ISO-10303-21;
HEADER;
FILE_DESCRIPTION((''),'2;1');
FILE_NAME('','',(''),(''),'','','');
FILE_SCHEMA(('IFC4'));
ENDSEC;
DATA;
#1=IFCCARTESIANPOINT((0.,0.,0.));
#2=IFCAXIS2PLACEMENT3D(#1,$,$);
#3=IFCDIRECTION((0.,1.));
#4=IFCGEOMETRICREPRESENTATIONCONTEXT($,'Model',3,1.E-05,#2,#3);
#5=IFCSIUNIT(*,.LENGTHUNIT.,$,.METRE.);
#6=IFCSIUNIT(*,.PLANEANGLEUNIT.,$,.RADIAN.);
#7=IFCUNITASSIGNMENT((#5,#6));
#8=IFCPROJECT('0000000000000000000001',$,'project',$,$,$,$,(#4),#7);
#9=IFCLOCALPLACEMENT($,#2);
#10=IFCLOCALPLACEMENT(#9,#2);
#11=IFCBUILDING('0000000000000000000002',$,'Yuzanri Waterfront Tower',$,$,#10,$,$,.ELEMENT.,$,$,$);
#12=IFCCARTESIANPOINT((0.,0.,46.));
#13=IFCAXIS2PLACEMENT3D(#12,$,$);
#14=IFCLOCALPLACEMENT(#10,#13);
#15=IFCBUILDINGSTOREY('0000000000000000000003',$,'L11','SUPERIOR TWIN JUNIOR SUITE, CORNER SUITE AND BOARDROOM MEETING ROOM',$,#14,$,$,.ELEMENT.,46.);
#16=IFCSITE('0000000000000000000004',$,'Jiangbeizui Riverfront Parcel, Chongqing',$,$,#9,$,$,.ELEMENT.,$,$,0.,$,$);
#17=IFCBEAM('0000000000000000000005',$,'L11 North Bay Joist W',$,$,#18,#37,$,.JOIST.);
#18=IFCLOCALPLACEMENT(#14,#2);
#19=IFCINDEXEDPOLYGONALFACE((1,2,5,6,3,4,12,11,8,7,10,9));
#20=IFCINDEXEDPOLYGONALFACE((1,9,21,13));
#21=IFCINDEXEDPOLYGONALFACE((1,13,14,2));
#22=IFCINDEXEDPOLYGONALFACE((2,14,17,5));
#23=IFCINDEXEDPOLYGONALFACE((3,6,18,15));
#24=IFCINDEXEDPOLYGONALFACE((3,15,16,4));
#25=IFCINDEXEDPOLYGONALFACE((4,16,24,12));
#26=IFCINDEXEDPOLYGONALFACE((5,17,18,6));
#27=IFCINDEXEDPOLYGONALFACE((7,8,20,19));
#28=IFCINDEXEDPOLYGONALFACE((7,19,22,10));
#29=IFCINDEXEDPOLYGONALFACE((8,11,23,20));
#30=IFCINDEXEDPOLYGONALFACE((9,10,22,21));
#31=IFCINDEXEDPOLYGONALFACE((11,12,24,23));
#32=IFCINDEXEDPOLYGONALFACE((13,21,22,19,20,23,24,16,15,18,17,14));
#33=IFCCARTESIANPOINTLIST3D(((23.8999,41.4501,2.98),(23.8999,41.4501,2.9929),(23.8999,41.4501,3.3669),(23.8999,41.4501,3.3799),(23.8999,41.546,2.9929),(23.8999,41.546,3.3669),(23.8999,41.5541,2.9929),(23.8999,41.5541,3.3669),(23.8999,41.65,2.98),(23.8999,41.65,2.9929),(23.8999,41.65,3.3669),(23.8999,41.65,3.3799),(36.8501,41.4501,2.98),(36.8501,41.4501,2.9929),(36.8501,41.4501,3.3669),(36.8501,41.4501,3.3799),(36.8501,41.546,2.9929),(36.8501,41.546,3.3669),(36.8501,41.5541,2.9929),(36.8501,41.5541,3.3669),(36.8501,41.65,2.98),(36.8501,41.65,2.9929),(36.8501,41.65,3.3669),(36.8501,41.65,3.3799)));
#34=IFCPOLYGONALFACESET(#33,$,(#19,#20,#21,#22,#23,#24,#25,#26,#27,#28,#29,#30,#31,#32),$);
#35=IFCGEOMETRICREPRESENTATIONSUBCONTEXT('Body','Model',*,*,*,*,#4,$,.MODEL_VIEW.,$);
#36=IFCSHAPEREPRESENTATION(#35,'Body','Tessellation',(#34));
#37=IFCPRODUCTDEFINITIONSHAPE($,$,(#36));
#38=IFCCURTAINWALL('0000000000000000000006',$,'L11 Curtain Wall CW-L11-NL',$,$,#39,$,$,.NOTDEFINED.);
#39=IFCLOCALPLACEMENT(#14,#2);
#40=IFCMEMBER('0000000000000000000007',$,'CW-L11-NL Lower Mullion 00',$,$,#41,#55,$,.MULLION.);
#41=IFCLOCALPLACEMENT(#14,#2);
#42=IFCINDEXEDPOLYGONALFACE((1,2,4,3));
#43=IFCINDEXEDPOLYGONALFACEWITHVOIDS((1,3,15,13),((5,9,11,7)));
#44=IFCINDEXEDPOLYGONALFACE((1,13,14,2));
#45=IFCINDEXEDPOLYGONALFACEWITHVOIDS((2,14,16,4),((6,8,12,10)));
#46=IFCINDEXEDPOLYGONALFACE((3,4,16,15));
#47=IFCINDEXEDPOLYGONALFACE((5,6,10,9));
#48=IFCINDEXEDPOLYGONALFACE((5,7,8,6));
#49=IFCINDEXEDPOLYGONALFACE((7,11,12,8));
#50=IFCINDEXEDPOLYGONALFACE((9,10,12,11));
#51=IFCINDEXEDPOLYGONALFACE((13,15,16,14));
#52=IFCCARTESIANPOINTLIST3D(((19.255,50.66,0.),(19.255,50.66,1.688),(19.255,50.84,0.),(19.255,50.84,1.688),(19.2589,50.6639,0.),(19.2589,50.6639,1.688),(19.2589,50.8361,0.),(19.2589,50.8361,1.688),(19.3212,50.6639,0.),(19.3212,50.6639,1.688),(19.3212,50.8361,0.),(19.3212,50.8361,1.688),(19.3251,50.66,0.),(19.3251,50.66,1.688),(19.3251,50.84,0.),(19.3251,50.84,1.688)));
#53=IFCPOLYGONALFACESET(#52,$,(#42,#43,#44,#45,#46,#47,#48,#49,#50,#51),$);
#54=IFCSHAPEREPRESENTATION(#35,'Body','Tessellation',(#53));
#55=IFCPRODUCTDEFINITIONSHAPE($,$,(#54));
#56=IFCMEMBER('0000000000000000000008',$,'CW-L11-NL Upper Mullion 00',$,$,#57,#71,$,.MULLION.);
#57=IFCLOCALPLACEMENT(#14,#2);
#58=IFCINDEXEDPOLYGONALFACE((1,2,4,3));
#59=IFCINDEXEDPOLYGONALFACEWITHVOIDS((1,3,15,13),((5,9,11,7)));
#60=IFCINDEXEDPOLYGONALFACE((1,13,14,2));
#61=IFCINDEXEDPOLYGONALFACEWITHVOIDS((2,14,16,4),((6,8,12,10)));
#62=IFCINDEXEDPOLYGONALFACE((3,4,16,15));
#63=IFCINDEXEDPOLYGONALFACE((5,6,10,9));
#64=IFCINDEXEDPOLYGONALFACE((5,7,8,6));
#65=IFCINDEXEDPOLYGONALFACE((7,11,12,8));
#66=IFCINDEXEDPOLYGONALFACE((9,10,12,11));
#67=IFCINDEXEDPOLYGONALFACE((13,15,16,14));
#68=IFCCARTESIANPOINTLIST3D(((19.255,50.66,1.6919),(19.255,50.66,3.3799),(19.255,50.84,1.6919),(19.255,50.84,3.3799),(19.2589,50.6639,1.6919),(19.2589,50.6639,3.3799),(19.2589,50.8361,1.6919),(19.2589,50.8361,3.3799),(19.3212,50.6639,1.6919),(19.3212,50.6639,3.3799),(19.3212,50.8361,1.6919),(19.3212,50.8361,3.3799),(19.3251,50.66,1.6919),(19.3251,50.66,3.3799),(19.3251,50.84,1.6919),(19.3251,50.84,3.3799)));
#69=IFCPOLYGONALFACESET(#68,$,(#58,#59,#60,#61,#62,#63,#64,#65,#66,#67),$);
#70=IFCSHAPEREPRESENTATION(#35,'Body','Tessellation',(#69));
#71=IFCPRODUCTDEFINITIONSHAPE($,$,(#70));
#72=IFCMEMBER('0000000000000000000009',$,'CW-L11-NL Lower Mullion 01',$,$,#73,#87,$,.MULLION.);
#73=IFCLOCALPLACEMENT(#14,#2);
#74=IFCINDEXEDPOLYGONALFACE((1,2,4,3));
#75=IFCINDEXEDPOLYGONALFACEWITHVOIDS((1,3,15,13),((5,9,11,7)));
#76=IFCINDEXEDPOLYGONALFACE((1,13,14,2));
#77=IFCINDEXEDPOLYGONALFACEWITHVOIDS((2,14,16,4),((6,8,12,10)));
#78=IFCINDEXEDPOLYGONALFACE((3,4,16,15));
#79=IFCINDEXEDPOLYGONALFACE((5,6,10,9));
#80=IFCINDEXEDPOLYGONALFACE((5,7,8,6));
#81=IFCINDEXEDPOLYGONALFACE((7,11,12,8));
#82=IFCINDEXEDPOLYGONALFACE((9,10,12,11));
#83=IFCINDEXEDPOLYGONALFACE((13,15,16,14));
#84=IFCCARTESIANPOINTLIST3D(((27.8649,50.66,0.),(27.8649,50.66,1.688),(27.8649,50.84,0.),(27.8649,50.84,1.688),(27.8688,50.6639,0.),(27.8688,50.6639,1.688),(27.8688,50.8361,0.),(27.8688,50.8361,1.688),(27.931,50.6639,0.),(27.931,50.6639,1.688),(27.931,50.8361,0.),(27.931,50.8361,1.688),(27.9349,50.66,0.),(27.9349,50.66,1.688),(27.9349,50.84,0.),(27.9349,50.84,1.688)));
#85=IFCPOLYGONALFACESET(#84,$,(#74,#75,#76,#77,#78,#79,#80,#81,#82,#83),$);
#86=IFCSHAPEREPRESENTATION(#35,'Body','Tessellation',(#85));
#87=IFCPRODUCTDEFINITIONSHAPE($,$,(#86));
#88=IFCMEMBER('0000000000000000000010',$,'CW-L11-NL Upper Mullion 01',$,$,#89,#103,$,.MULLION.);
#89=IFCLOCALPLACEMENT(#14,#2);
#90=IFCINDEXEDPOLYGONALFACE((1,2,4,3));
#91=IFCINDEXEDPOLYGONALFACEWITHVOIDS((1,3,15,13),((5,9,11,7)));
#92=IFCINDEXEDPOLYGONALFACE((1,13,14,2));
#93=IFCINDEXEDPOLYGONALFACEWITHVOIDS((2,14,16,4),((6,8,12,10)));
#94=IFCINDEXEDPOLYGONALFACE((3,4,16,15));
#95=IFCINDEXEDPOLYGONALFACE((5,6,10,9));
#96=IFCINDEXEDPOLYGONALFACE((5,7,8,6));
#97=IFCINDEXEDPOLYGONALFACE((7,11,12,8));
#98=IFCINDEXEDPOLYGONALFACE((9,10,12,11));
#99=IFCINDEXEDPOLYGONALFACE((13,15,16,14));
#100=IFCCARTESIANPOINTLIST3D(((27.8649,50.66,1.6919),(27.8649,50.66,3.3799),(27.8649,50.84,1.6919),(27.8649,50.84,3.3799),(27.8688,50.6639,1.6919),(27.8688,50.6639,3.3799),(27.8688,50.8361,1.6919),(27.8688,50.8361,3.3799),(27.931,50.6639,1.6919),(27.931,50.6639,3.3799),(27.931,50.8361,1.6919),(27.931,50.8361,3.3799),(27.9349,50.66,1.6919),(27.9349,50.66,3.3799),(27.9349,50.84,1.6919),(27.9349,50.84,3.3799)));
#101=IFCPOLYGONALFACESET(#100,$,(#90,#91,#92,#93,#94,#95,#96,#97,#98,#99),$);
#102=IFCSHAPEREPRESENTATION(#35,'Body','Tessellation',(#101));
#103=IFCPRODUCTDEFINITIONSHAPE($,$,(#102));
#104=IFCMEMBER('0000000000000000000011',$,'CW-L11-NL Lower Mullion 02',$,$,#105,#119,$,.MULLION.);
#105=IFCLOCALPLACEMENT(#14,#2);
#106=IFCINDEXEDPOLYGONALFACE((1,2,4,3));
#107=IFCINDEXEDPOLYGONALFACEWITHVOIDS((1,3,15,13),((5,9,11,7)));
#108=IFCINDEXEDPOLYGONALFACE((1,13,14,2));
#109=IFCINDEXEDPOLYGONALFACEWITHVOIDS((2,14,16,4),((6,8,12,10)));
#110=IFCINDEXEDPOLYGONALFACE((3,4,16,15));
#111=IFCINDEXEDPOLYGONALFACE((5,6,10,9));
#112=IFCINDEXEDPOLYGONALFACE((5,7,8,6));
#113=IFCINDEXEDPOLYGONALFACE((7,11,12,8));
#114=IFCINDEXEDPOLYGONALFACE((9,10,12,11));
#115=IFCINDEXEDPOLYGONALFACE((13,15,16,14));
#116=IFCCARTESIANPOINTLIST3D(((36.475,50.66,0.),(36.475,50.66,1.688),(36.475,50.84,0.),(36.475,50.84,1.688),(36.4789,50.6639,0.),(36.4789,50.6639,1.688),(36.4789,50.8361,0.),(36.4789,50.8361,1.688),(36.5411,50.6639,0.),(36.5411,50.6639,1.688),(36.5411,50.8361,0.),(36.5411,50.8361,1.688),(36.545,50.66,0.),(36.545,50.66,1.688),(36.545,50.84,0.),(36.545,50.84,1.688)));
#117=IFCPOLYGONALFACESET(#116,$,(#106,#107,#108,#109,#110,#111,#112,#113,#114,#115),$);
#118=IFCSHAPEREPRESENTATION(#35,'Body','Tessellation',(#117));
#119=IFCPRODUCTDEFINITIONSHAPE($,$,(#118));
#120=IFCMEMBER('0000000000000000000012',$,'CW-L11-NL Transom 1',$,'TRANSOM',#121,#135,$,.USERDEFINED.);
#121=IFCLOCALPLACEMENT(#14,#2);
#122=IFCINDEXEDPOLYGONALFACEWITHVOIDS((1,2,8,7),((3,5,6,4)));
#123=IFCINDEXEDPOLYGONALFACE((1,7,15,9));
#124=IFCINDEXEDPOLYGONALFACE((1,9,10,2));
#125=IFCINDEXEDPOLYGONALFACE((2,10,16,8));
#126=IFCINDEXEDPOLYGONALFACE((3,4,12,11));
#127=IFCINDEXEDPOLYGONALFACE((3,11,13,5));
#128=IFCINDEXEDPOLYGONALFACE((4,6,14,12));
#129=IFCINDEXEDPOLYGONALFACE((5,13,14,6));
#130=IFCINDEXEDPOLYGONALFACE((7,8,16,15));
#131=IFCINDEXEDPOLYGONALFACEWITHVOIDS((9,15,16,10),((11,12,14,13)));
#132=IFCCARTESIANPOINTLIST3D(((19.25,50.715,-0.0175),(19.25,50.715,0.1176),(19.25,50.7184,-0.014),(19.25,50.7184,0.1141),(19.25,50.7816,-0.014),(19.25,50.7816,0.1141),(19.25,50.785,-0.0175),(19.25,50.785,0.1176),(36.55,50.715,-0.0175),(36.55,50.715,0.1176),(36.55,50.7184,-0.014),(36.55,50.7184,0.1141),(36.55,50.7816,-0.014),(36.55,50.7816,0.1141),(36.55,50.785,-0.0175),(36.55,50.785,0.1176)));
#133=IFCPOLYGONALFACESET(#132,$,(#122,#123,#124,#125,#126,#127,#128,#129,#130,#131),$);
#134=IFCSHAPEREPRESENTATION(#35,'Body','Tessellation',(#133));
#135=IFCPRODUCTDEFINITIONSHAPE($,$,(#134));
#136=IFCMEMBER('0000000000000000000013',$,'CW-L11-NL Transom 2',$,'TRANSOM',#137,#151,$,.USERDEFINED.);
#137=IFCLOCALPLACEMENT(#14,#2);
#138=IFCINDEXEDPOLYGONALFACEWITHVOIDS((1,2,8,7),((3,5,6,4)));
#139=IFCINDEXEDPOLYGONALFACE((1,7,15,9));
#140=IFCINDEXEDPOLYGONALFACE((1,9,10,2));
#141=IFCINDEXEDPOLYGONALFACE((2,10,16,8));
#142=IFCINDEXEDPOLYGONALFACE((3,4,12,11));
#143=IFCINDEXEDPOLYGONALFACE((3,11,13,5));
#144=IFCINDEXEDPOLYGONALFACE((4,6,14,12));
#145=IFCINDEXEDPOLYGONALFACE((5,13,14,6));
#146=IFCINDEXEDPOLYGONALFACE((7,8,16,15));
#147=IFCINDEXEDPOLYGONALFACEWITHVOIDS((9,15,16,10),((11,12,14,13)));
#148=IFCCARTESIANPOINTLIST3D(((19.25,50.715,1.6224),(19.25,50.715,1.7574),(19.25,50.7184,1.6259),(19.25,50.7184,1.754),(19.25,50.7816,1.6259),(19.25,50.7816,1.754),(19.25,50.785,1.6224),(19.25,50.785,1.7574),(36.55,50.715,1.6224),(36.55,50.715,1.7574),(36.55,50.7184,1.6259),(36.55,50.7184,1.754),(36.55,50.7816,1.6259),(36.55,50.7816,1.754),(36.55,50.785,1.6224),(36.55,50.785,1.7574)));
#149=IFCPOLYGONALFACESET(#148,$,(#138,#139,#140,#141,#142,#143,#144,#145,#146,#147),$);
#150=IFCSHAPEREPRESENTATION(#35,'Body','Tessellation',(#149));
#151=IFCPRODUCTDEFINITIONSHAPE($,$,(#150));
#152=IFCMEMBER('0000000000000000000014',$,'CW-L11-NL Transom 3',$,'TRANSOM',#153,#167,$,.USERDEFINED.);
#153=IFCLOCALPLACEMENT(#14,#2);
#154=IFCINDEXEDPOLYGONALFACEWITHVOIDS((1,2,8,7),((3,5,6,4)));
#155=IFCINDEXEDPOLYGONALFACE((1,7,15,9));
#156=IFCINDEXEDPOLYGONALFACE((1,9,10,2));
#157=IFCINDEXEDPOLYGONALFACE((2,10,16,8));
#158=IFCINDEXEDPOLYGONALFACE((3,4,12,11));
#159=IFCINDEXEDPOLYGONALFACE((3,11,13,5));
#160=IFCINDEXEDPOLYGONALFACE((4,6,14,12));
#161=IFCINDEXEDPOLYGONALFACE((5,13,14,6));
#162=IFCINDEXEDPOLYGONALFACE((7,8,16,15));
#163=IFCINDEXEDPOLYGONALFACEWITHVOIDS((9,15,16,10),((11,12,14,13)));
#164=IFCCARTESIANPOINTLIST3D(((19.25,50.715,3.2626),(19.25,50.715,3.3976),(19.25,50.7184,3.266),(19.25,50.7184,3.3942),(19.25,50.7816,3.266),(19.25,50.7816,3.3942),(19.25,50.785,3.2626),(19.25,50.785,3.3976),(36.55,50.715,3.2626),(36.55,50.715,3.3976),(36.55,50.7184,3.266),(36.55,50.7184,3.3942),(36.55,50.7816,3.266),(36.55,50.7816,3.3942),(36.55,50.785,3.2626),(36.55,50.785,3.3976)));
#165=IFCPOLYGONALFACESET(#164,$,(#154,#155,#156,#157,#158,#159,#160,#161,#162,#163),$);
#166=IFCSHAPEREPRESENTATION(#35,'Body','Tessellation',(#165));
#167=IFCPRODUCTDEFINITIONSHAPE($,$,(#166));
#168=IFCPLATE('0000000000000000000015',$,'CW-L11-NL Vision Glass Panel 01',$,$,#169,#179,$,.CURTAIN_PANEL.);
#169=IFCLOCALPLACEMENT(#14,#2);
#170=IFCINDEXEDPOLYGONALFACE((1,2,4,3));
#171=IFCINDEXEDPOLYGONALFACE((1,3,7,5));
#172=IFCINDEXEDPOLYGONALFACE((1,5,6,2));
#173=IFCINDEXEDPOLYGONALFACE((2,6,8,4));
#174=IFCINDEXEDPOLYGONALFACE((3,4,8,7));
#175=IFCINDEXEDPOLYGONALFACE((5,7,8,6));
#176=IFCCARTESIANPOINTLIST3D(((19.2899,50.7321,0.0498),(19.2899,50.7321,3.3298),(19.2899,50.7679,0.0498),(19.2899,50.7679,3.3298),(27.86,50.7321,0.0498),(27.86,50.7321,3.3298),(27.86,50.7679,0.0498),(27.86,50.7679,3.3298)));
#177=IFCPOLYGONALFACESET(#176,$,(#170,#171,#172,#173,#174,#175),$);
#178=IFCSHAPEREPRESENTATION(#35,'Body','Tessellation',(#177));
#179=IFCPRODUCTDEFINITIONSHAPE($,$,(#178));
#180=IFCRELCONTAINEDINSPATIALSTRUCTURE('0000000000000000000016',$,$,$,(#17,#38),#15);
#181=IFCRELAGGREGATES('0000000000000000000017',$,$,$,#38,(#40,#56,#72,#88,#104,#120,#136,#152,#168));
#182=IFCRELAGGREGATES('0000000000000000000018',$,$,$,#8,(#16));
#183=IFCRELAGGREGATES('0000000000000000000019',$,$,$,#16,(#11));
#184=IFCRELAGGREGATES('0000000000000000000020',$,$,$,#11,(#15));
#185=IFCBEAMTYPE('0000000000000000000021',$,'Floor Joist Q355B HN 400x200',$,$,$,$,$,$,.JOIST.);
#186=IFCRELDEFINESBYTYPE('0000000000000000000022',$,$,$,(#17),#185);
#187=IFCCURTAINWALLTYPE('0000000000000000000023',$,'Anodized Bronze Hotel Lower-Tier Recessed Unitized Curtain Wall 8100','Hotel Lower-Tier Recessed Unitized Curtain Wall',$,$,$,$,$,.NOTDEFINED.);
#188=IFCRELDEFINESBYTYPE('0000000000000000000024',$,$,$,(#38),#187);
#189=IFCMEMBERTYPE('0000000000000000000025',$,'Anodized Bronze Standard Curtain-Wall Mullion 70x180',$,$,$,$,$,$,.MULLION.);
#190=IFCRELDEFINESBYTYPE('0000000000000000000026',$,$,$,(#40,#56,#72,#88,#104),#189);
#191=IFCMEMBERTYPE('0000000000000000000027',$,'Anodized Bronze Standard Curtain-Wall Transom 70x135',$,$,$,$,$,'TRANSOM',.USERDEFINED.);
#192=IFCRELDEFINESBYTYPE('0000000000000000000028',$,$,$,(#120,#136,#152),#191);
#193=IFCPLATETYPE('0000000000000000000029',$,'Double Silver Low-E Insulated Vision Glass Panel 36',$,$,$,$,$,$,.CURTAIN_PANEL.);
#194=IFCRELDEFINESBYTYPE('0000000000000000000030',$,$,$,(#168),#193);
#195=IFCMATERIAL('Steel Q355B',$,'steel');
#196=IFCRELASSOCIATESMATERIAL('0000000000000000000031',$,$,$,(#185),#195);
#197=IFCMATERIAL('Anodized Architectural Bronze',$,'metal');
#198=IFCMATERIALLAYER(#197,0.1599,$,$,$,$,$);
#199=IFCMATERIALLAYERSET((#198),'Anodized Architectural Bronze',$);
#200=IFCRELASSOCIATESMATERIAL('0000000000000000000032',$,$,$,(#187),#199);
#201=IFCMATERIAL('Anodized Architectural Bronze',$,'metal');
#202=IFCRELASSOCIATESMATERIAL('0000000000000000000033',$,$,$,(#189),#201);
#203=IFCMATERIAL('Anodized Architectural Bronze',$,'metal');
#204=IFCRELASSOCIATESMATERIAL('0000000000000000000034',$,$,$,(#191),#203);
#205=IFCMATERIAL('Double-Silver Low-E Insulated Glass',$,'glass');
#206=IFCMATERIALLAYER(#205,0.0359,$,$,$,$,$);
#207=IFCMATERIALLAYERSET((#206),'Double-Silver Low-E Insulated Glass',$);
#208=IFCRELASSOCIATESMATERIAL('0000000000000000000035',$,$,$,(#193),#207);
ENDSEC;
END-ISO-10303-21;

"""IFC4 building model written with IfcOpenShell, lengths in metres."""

from ifc_helpers import new_model, si_unit, direction, frame, origin, origin_2d, place, context, subcontext, project, spatial, rectangle, hollow_rectangle, i_section, extrude, source, transform, mapped, material, layer, layer_set, material_profile, profile_set, type_object, element, aggregate, save


model = new_model("IFC4")

# Units and contexts
model_context = context("Model", 3, precision=1e-05, world=origin(), true_north=direction((0.0, 1.0)))
body_context = subcontext(model_context, "Body", "Model", "MODEL_VIEW")
ifc_project = project(units=[si_unit("LENGTHUNIT", "METRE"), si_unit("PLANEANGLEUNIT", "RADIAN")], contexts=[model_context])

# Site, building, storey
site_placement = place(None, origin())
site = spatial("IfcSite", under=ifc_project, at=site_placement, Name="Jiangbeizui Riverfront Parcel, Chongqing", CompositionType="ELEMENT", RefElevation=0.0)
building_placement = place(site_placement, origin())
building = spatial("IfcBuilding", under=site, at=building_placement, Name="Yuzanri Waterfront Tower", CompositionType="ELEMENT")
storey_placement = place(building_placement, frame((0.0, 0.0, 46.0)))
storey = spatial("IfcBuildingStorey", under=building, at=storey_placement, Name="L11", Description="SUPERIOR TWIN JUNIOR SUITE, CORNER SUITE AND BOARDROOM MEETING ROOM", CompositionType="ELEMENT", Elevation=46.0)

# Beam
ifc_material_1 = material(Name="Steel Q355B", Category="steel")
ifc_material_profile_1 = material_profile(ifc_material_1, i_section(OverallWidth=0.2, OverallDepth=0.3999, WebThickness=0.0081, FlangeThickness=0.0129, at=origin_2d()), Name="HN 400x200x8x13")
ifc_profile_set_1 = profile_set([ifc_material_profile_1], Name="Steel Q355B")
beam_type = type_object("IfcBeamType", Name="Floor Joist Q355B HN 400x200", PredefinedType="JOIST", material=ifc_profile_set_1)
shared_shape_1 = source(origin(), body_context, "Body", "SweptSolid", [
    extrude(i_section(OverallWidth=0.2, OverallDepth=0.3999, WebThickness=0.0081, FlangeThickness=0.0129, at=origin_2d()), origin(), (0.0, 0.0, 1.0), 12.9502),
])
beam_placement = place(storey_placement, frame((23.8999, 41.55, 3.1799), z_axis=(1.0, 0.0, 0.0), x_axis=(0.0, 1.0, 0.0)))
element("IfcBeam", 1, at=beam_placement, inside=storey, type_object=beam_type, Name="L11 North Bay Joist W", PredefinedType="JOIST", context=body_context, shape_type="MappedRepresentation", body=[
    mapped(shared_shape_1, transform((0.0, 0.0, 0.0), scale=1.0)),
])

# Curtain wall, members, plate
ifc_material_2 = material(Name="Anodized Architectural Bronze", Category="metal")
ifc_layer_1 = layer(ifc_material_2, 0.1599)
ifc_layer_set_1 = layer_set([ifc_layer_1], Name="Anodized Architectural Bronze")
curtain_wall_type = type_object("IfcCurtainWallType", Name="Anodized Bronze Hotel Lower-Tier Recessed Unitized Curtain Wall 8100", Description="Hotel Lower-Tier Recessed Unitized Curtain Wall", PredefinedType="NOTDEFINED", material=ifc_layer_set_1)
curtain_wall_placement = place(storey_placement, origin())
curtain_wall = element("IfcCurtainWall", 2, at=curtain_wall_placement, inside=storey, type_object=curtain_wall_type, Name="L11 Curtain Wall CW-L11-NL", PredefinedType="NOTDEFINED")
ifc_material_3 = material(Name="Anodized Architectural Bronze", Category="metal")
ifc_material_profile_2 = material_profile(ifc_material_3, hollow_rectangle(XDim=0.0701, YDim=0.1799, WallThickness=0.0039, at=origin_2d()), Name="CWM 70x180")
ifc_profile_set_2 = profile_set([ifc_material_profile_2], Name="Anodized Architectural Bronze")
member_type_1 = type_object("IfcMemberType", Name="Anodized Bronze Standard Curtain-Wall Mullion 70x180", PredefinedType="MULLION", material=ifc_profile_set_2)
shared_shape_2 = source(origin(), body_context, "Body", "SweptSolid", [
    extrude(hollow_rectangle(XDim=0.0701, YDim=0.1799, WallThickness=0.0039, at=origin_2d()), origin(), (0.0, 0.0, 1.0), 1.688),
])
member_1_placement = place(storey_placement, frame((19.29, 50.75, 0.0), z_axis=(0.0, 0.0, 1.0), x_axis=(1.0, 0.0, 0.0)))
member_1 = element("IfcMember", 3, at=member_1_placement, type_object=member_type_1, Name="CW-L11-NL Lower Mullion 00", PredefinedType="MULLION", context=body_context, shape_type="MappedRepresentation", body=[
    mapped(shared_shape_2, transform((0.0, 0.0, 0.0), scale=1.0)),
])
member_2_placement = place(storey_placement, frame((19.29, 50.75, 1.6919), z_axis=(0.0, 0.0, 1.0), x_axis=(1.0, 0.0, 0.0)))
member_2 = element("IfcMember", 4, at=member_2_placement, type_object=member_type_1, Name="CW-L11-NL Upper Mullion 00", PredefinedType="MULLION", context=body_context, shape_type="MappedRepresentation", body=[
    mapped(shared_shape_2, transform((0.0, 0.0, 0.0), scale=1.0)),
])
member_3_placement = place(storey_placement, frame((27.8999, 50.75, 0.0), z_axis=(0.0, 0.0, 1.0), x_axis=(1.0, 0.0, 0.0)))
member_3 = element("IfcMember", 5, at=member_3_placement, type_object=member_type_1, Name="CW-L11-NL Lower Mullion 01", PredefinedType="MULLION", context=body_context, shape_type="MappedRepresentation", body=[
    mapped(shared_shape_2, transform((0.0, 0.0, 0.0), scale=1.0)),
])
member_4_placement = place(storey_placement, frame((27.8999, 50.75, 1.6919), z_axis=(0.0, 0.0, 1.0), x_axis=(1.0, 0.0, 0.0)))
member_4 = element("IfcMember", 6, at=member_4_placement, type_object=member_type_1, Name="CW-L11-NL Upper Mullion 01", PredefinedType="MULLION", context=body_context, shape_type="MappedRepresentation", body=[
    mapped(shared_shape_2, transform((0.0, 0.0, 0.0), scale=1.0)),
])
member_5_placement = place(storey_placement, frame((36.51, 50.75, 0.0), z_axis=(0.0, 0.0, 1.0), x_axis=(1.0, 0.0, 0.0)))
member_5 = element("IfcMember", 7, at=member_5_placement, type_object=member_type_1, Name="CW-L11-NL Lower Mullion 02", PredefinedType="MULLION", context=body_context, shape_type="MappedRepresentation", body=[
    mapped(shared_shape_2, transform((0.0, 0.0, 0.0), scale=1.0)),
])
ifc_material_4 = material(Name="Anodized Architectural Bronze", Category="metal")
ifc_material_profile_3 = material_profile(ifc_material_4, hollow_rectangle(XDim=0.0701, YDim=0.135, WallThickness=0.0034, at=origin_2d()), Name="CWT 70x135")
ifc_profile_set_3 = profile_set([ifc_material_profile_3], Name="Anodized Architectural Bronze")
member_type_2 = type_object("IfcMemberType", Name="Anodized Bronze Standard Curtain-Wall Transom 70x135", ElementType="TRANSOM", PredefinedType="USERDEFINED", material=ifc_profile_set_3)
shared_shape_3 = source(origin(), body_context, "Body", "SweptSolid", [
    extrude(hollow_rectangle(XDim=0.0701, YDim=0.135, WallThickness=0.0034, at=origin_2d()), origin(), (0.0, 0.0, 1.0), 17.3),
])
member_6_placement = place(storey_placement, frame((19.25, 50.75, 0.05), z_axis=(1.0, 0.0, 0.0), x_axis=(0.0, 1.0, 0.0)))
member_6 = element("IfcMember", 8, at=member_6_placement, type_object=member_type_2, Name="CW-L11-NL Transom 1", ObjectType="TRANSOM", PredefinedType="USERDEFINED", context=body_context, shape_type="MappedRepresentation", body=[
    mapped(shared_shape_3, transform((0.0, 0.0, 0.0), scale=1.0)),
])
member_7_placement = place(storey_placement, frame((19.25, 50.75, 1.6899), z_axis=(1.0, 0.0, 0.0), x_axis=(0.0, 1.0, 0.0)))
member_7 = element("IfcMember", 9, at=member_7_placement, type_object=member_type_2, Name="CW-L11-NL Transom 2", ObjectType="TRANSOM", PredefinedType="USERDEFINED", context=body_context, shape_type="MappedRepresentation", body=[
    mapped(shared_shape_3, transform((0.0, 0.0, 0.0), scale=1.0)),
])
member_8_placement = place(storey_placement, frame((19.25, 50.75, 3.3301), z_axis=(1.0, 0.0, 0.0), x_axis=(0.0, 1.0, 0.0)))
member_8 = element("IfcMember", 10, at=member_8_placement, type_object=member_type_2, Name="CW-L11-NL Transom 3", ObjectType="TRANSOM", PredefinedType="USERDEFINED", context=body_context, shape_type="MappedRepresentation", body=[
    mapped(shared_shape_3, transform((0.0, 0.0, 0.0), scale=1.0)),
])
ifc_material_5 = material(Name="Double-Silver Low-E Insulated Glass", Category="glass")
ifc_layer_2 = layer(ifc_material_5, 0.0359)
ifc_layer_set_2 = layer_set([ifc_layer_2], Name="Double-Silver Low-E Insulated Glass")
plate_type = type_object("IfcPlateType", Name="Double Silver Low-E Insulated Vision Glass Panel 36", PredefinedType="CURTAIN_PANEL", material=ifc_layer_set_2)
shared_shape_4 = source(origin(), body_context, "Body", "SweptSolid", [
    extrude(rectangle(XDim=8.5701, YDim=0.0359, at=origin_2d()), origin(), (0.0, 0.0, 1.0), 3.28),
])
plate_1_placement = place(storey_placement, frame((23.575, 50.75, 0.0498), z_axis=(0.0, 0.0, 1.0), x_axis=(1.0, 0.0, 0.0)))
plate_1 = element("IfcPlate", 11, at=plate_1_placement, type_object=plate_type, Name="CW-L11-NL Vision Glass Panel 01", PredefinedType="CURTAIN_PANEL", context=body_context, shape_type="MappedRepresentation", body=[
    mapped(shared_shape_4, transform((0.0, 0.0, 0.0), scale=1.0)),
])
aggregate(curtain_wall, [member_1, member_2, member_3, member_4, member_5, member_6, member_7, member_8, plate_1])

save(model, "model.ifc")
